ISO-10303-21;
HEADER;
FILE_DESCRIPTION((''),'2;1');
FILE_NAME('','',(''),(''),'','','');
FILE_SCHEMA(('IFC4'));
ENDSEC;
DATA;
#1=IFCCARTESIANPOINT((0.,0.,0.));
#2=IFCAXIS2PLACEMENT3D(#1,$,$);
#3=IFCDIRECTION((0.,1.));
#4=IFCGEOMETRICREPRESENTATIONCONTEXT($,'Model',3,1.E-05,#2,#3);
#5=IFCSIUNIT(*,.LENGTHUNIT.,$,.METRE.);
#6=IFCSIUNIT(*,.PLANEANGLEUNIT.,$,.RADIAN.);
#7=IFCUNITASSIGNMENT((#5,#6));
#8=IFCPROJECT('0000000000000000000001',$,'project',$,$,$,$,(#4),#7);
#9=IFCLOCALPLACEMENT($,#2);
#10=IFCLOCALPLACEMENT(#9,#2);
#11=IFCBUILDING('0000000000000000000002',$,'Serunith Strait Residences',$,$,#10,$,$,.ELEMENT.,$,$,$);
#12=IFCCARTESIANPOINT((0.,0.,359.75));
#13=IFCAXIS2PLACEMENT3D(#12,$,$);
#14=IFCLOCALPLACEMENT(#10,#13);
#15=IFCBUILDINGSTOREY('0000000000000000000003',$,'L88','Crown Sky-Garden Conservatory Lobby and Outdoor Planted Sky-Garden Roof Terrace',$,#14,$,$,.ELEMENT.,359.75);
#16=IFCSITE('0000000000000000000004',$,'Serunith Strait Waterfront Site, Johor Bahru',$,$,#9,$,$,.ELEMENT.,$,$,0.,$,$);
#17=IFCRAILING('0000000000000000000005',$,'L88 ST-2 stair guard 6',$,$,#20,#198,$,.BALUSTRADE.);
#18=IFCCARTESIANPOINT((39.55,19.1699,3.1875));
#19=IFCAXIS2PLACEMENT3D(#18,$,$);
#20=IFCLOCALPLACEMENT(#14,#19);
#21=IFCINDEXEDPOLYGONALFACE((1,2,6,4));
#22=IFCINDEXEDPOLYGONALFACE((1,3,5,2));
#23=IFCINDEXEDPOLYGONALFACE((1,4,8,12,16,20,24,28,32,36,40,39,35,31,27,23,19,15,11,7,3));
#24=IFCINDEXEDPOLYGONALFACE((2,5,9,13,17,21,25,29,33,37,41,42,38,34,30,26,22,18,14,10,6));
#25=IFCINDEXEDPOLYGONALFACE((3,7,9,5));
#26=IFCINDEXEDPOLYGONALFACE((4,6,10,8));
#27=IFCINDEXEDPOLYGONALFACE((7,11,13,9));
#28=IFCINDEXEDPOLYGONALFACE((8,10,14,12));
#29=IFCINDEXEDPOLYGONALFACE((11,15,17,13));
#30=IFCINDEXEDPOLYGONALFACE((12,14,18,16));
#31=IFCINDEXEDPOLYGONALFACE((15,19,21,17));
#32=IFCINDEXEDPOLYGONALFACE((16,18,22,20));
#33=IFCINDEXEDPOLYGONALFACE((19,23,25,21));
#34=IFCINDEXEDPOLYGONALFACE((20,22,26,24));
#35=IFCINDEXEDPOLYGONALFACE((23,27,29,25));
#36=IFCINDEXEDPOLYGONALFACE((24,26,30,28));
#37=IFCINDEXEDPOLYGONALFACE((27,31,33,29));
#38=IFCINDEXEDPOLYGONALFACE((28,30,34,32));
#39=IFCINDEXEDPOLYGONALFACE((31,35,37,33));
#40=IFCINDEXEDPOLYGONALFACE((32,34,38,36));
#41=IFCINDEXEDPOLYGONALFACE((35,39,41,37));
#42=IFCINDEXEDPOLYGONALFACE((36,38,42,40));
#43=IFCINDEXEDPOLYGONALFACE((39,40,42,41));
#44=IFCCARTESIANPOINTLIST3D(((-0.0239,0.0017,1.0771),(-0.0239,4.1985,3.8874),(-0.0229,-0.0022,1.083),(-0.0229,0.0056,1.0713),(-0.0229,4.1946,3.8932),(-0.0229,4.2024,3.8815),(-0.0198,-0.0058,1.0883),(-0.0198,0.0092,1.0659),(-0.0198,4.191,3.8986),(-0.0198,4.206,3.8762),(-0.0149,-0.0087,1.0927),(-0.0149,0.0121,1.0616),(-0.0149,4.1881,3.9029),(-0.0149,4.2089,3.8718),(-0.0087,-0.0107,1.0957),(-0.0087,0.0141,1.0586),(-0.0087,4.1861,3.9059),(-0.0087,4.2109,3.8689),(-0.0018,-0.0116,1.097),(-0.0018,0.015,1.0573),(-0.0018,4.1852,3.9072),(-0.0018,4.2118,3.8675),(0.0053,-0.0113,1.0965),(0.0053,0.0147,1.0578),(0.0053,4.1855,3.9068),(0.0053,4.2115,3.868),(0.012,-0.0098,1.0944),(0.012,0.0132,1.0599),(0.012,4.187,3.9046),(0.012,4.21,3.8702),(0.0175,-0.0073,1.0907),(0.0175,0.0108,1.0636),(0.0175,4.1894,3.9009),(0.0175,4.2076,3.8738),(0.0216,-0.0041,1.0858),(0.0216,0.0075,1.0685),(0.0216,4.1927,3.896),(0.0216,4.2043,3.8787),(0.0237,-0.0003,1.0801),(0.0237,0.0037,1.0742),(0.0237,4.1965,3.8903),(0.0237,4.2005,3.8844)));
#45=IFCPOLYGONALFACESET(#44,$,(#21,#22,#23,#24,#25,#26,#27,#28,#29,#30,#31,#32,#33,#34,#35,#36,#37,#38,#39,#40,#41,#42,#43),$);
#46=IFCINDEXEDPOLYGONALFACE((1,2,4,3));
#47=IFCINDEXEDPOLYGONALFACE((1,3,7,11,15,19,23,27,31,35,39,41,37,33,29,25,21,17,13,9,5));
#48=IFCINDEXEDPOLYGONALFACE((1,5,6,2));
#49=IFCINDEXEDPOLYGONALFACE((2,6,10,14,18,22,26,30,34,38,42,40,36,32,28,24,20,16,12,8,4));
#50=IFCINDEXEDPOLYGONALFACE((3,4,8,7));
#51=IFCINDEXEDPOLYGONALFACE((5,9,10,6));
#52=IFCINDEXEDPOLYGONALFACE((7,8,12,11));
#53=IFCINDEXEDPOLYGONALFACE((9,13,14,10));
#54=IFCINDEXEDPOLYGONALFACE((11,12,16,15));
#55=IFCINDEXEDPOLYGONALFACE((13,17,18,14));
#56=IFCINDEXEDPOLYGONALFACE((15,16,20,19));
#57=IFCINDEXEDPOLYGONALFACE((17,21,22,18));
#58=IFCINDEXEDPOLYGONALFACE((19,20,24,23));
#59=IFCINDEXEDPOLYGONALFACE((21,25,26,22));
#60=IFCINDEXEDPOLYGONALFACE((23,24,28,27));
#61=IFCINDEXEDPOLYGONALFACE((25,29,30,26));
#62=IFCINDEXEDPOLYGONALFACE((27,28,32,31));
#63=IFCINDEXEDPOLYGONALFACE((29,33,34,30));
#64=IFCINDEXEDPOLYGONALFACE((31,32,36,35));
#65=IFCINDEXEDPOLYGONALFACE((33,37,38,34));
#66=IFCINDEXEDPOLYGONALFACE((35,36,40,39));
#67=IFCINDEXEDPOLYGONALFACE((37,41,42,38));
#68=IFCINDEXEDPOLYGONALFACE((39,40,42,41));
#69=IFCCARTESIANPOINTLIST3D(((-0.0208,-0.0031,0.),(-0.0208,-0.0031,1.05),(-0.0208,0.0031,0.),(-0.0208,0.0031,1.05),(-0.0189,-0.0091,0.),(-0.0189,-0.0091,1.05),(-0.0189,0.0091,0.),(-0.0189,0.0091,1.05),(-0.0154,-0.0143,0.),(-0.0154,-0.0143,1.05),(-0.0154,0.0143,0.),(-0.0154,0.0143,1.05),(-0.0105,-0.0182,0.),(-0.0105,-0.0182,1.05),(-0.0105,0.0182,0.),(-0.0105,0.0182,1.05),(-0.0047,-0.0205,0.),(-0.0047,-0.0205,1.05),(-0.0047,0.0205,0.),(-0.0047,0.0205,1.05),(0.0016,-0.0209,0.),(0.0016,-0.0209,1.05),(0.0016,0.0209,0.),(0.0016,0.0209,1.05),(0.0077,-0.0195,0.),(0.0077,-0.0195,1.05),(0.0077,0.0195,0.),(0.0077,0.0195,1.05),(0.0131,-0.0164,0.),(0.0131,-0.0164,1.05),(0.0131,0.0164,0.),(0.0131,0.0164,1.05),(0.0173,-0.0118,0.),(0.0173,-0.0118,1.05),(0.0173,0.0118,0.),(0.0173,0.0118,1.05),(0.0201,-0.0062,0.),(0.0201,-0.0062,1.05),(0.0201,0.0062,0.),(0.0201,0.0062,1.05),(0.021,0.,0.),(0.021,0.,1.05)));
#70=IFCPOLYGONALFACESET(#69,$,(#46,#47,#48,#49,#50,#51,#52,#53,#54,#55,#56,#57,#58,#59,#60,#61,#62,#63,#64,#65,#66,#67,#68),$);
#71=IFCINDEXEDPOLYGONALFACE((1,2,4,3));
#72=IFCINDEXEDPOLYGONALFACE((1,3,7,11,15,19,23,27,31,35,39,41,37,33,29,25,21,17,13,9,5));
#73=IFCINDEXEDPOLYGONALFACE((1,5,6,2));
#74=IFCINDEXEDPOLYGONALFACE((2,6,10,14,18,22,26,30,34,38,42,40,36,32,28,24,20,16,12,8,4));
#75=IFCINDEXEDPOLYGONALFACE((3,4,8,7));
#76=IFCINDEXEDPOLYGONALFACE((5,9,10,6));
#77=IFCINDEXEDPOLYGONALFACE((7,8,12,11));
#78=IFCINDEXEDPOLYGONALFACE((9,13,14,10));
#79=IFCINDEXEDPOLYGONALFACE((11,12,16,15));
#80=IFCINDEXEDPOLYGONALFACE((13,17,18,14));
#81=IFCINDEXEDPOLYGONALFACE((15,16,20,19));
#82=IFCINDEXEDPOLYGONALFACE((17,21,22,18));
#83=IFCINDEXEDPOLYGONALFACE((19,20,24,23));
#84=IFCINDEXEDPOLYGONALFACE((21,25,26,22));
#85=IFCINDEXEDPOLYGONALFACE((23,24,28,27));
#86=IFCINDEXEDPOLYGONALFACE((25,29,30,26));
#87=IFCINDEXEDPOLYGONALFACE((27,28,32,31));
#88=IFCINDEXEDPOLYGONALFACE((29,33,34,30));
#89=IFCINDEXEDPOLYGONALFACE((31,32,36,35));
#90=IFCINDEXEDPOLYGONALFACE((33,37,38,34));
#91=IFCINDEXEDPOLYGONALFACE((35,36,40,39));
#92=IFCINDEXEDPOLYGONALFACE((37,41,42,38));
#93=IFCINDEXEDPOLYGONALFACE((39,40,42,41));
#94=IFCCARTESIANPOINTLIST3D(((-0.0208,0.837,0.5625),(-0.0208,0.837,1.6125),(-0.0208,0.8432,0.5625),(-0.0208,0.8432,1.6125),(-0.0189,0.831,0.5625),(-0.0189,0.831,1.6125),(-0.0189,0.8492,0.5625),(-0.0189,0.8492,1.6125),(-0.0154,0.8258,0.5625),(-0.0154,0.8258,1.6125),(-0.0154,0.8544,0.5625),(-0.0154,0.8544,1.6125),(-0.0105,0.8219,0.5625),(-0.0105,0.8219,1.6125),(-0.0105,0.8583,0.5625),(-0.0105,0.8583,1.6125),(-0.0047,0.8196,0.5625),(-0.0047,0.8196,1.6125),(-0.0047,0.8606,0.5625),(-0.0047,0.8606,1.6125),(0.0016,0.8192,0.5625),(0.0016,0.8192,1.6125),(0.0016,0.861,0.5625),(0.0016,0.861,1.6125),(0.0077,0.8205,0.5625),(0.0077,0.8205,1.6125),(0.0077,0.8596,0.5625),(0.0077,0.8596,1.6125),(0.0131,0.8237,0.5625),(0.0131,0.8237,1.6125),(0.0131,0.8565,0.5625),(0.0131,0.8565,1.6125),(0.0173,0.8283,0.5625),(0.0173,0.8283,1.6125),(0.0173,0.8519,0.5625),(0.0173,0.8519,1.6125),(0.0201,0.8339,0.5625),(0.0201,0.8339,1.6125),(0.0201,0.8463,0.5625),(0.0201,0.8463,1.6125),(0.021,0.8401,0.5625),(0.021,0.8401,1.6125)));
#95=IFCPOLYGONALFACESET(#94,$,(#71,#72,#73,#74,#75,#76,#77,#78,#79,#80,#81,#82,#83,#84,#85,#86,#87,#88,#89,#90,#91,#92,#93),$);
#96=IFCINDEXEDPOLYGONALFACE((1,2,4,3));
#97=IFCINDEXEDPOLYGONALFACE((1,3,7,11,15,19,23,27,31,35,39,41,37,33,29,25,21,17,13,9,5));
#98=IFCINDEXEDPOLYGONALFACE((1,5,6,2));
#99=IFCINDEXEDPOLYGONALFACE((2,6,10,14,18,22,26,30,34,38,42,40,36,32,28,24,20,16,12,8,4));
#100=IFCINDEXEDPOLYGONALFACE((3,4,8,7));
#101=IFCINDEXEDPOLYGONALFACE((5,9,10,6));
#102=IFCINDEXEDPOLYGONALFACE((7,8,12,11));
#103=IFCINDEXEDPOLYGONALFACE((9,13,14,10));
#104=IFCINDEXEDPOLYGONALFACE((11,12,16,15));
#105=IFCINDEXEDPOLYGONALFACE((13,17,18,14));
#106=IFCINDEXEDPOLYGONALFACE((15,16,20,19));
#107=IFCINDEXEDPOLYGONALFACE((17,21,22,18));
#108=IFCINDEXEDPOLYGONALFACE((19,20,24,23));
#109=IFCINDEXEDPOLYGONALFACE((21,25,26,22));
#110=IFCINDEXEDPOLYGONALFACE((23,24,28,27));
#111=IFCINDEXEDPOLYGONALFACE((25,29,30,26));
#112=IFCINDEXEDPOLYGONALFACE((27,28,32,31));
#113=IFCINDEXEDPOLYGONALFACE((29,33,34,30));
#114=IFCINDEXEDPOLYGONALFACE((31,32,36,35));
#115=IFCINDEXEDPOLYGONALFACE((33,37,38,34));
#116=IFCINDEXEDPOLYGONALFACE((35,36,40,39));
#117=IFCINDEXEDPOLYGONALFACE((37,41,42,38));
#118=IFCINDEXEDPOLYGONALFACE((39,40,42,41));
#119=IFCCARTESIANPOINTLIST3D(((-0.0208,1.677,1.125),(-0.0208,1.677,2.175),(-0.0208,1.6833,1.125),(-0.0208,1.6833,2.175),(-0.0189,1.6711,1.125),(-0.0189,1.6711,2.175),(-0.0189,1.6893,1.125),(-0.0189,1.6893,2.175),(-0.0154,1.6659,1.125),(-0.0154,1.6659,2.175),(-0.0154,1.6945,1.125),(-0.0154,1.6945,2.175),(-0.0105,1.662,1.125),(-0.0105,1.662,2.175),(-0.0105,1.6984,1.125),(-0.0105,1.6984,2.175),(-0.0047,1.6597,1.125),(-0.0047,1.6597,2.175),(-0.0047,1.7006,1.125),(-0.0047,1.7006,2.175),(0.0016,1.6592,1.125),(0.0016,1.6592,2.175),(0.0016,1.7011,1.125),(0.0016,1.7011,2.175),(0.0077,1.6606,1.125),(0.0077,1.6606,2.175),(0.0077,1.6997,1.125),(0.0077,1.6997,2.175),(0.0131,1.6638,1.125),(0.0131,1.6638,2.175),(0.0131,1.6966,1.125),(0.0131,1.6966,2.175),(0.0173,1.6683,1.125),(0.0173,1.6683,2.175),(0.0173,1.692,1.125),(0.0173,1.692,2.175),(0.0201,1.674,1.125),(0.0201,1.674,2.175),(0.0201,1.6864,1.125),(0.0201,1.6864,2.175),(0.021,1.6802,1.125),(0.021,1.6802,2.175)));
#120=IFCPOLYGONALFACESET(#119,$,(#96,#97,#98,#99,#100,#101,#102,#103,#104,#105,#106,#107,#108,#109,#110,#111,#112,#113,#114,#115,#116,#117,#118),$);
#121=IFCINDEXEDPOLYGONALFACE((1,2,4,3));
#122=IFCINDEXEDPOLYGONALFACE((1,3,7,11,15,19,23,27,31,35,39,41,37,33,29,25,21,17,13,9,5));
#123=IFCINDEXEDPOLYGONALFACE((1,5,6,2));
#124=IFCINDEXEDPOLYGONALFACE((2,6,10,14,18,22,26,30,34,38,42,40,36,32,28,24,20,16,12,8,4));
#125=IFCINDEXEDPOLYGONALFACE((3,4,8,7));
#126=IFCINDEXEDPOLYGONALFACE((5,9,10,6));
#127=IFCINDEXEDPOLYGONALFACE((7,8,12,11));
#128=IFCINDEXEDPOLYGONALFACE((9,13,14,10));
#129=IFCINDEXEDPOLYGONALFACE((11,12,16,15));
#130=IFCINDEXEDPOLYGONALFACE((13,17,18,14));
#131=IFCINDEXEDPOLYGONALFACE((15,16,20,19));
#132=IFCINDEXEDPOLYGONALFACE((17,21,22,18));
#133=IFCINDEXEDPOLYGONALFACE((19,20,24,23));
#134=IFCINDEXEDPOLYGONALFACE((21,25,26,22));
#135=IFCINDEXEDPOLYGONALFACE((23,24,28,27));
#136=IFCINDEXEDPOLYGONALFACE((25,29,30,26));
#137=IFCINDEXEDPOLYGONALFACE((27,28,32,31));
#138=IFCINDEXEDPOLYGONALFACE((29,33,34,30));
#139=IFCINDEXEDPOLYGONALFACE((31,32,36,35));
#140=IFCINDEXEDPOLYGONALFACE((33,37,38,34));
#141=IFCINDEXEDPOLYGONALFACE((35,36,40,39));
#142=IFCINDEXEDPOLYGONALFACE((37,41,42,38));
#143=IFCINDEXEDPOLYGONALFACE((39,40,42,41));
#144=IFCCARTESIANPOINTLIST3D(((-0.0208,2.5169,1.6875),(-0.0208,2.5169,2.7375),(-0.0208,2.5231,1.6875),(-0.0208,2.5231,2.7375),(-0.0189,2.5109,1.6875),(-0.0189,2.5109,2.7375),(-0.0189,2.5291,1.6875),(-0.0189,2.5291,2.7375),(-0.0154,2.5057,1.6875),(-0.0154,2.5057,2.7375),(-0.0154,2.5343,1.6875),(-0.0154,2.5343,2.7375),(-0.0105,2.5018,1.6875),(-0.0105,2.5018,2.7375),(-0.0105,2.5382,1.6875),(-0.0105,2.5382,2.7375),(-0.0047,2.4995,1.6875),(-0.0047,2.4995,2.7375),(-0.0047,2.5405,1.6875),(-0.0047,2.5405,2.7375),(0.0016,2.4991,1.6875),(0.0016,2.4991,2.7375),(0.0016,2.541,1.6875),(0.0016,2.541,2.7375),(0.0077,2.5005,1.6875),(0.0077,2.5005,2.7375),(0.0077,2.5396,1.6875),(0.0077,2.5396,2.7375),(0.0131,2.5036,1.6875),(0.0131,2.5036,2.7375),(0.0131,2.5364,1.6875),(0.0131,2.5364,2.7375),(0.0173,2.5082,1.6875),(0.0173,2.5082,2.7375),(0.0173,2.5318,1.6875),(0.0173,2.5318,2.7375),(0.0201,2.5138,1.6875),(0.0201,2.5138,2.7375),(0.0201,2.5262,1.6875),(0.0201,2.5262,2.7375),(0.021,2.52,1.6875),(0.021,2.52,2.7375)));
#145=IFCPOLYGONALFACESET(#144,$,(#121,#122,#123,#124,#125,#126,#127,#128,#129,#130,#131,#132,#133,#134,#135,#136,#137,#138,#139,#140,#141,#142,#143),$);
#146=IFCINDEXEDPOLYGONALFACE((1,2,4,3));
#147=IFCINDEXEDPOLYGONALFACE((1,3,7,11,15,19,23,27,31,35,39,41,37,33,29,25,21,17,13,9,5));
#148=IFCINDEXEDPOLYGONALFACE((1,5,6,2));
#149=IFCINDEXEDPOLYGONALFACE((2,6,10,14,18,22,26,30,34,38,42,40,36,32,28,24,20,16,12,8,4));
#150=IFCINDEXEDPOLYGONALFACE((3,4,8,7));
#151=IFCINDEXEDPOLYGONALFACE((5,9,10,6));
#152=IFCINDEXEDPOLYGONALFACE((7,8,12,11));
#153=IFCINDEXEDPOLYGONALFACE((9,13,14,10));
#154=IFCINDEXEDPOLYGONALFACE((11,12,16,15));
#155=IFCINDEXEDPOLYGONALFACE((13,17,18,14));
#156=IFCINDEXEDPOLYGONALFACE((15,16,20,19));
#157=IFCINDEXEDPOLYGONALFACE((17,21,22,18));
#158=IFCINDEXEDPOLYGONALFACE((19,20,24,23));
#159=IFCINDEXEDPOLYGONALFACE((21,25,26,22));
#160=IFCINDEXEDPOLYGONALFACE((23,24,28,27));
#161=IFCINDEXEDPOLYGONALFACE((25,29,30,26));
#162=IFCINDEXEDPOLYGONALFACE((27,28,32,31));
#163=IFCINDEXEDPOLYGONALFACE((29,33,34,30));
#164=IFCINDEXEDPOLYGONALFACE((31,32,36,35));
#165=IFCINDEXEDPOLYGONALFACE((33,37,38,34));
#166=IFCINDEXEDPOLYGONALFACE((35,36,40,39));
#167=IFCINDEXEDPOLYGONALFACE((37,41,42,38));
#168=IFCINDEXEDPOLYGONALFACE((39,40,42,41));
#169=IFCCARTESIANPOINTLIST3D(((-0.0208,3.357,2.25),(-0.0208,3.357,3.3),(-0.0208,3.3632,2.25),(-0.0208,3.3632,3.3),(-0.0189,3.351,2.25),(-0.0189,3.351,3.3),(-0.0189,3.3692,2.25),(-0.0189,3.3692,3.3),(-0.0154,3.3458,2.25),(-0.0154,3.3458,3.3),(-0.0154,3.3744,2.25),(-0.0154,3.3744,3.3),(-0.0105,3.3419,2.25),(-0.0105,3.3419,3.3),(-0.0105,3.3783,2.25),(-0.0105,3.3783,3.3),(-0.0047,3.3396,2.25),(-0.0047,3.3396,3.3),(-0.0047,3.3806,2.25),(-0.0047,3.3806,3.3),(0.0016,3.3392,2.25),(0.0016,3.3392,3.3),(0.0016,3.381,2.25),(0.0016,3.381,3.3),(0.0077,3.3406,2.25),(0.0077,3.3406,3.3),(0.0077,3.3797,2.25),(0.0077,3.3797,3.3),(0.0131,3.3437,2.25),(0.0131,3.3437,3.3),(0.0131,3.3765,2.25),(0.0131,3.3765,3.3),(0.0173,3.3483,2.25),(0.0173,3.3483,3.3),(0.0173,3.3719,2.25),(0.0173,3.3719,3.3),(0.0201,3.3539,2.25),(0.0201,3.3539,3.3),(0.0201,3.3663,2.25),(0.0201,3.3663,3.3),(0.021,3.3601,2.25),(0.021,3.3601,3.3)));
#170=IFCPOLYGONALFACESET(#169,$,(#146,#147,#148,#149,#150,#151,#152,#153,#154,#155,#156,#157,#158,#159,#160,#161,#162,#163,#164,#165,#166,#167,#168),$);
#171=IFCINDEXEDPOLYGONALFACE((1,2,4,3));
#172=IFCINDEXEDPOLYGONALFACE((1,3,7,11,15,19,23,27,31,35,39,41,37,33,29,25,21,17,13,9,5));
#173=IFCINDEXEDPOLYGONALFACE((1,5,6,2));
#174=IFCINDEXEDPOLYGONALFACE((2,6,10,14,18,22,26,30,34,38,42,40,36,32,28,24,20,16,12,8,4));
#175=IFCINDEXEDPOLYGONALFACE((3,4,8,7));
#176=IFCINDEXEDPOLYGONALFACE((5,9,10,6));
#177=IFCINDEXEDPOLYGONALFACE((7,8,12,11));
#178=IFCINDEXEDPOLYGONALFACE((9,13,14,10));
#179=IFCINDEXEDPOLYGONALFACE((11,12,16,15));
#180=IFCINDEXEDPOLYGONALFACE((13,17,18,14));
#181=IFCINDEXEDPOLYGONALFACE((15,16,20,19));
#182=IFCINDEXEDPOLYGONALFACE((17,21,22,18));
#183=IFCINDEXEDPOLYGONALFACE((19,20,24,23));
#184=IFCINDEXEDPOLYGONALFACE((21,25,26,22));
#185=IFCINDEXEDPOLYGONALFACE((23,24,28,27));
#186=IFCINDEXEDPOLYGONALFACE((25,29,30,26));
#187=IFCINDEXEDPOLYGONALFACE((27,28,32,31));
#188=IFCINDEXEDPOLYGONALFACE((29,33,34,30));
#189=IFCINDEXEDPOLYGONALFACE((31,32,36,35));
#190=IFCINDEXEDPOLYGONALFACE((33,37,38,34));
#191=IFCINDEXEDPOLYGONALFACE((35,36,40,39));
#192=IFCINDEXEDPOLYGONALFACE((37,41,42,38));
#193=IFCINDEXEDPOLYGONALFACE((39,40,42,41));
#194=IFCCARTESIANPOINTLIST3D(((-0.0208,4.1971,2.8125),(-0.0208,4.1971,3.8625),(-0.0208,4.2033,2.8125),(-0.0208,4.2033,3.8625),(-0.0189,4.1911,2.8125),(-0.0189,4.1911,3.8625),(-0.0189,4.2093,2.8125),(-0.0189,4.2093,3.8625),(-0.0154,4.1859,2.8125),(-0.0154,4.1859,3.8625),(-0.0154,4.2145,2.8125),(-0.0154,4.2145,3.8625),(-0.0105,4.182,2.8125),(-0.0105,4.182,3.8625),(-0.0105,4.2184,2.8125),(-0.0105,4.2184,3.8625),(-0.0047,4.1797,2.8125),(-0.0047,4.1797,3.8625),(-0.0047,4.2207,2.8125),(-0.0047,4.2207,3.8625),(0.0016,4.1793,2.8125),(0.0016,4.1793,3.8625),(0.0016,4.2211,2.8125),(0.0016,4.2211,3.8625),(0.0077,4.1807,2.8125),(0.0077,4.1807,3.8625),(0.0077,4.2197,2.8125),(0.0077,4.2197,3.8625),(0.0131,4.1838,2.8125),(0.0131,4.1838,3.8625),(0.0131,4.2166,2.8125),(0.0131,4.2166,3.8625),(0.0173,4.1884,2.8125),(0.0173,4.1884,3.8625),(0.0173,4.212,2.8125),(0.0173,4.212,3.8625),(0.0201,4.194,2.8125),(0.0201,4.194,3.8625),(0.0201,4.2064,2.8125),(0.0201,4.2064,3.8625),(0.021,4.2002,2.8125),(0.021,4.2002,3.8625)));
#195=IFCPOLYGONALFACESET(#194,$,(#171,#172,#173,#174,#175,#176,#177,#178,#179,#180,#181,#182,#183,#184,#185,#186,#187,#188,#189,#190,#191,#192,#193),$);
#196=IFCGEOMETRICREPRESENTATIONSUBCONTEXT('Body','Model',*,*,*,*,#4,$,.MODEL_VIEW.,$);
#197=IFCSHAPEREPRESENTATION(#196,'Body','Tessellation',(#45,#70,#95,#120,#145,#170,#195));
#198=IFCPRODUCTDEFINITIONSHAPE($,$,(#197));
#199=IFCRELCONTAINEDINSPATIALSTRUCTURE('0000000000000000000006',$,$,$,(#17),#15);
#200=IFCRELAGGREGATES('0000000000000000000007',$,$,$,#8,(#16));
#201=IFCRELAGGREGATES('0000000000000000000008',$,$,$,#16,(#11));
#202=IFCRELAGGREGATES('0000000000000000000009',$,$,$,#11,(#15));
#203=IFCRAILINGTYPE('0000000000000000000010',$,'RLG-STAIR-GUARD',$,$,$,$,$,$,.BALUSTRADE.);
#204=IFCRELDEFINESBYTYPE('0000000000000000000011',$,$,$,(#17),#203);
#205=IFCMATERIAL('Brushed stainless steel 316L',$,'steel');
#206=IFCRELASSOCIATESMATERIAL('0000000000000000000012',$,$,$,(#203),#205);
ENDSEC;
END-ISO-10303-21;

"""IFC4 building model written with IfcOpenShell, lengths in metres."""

from ifc_helpers import new_model, si_unit, direction, frame, origin, origin_2d, place, context, subcontext, project, spatial, circle, extrude, material, type_object, element, save


model = new_model("IFC4")

# Units and contexts
model_context = context("Model", 3, precision=1e-05, world=origin(), true_north=direction((0.0, 1.0)))
body_context = subcontext(model_context, "Body", "Model", "MODEL_VIEW")
ifc_project = project(units=[si_unit("LENGTHUNIT", "METRE"), si_unit("PLANEANGLEUNIT", "RADIAN")], contexts=[model_context])

# Site, building, storey
site_placement = place(None, origin())
site = spatial("IfcSite", under=ifc_project, at=site_placement, Name="Serunith Strait Waterfront Site, Johor Bahru", CompositionType="ELEMENT", RefElevation=0.0)
building_placement = place(site_placement, origin())
building = spatial("IfcBuilding", under=site, at=building_placement, Name="Serunith Strait Residences", CompositionType="ELEMENT")
storey_placement = place(building_placement, frame((0.0, 0.0, 359.75)))
storey = spatial("IfcBuildingStorey", under=building, at=storey_placement, Name="L88", Description="Crown Sky-Garden Conservatory Lobby and Outdoor Planted Sky-Garden Roof Terrace", CompositionType="ELEMENT", Elevation=359.75)

# Railing
ifc_material_1 = material(Name="Brushed stainless steel 316L", Category="steel")
railing_type_1 = type_object("IfcRailingType", Name="RLG-STAIR-GUARD", PredefinedType="BALUSTRADE", material=ifc_material_1)
railing_1_placement = place(storey_placement, frame((39.55, 19.1699, 3.1875)))
element("IfcRailing", 1, at=railing_1_placement, inside=storey, type_object=railing_type_1, Name="L88 ST-2 stair guard 6", PredefinedType="BALUSTRADE", context=body_context, shape_type="SweptSolid", body=[
    extrude(circle(Radius=0.0239, at=origin_2d()), frame((0.0, 0.0017, 1.0771), z_axis=(0.0, 0.830919, 0.556393), x_axis=(-1.0, 0.0, 0.0)), (0.0, 0.0, 1.0), 5.0508),
    extrude(circle(Radius=0.021, at=origin_2d()), origin(), (0.0, 0.0, 1.0), 1.05),
    extrude(circle(Radius=0.021, at=origin_2d()), frame((0.0, 0.8401, 0.5625)), (0.0, 0.0, 1.0), 1.05),
    extrude(circle(Radius=0.021, at=origin_2d()), frame((0.0, 1.6802, 1.125)), (0.0, 0.0, 1.0), 1.05),
    extrude(circle(Radius=0.021, at=origin_2d()), frame((0.0, 2.52, 1.6875)), (0.0, 0.0, 1.0), 1.05),
    extrude(circle(Radius=0.021, at=origin_2d()), frame((0.0, 3.3601, 2.25)), (0.0, 0.0, 1.0), 1.05),
    extrude(circle(Radius=0.021, at=origin_2d()), frame((0.0, 4.2002, 2.8125)), (0.0, 0.0, 1.0), 1.05),
])

save(model, "model.ifc")
